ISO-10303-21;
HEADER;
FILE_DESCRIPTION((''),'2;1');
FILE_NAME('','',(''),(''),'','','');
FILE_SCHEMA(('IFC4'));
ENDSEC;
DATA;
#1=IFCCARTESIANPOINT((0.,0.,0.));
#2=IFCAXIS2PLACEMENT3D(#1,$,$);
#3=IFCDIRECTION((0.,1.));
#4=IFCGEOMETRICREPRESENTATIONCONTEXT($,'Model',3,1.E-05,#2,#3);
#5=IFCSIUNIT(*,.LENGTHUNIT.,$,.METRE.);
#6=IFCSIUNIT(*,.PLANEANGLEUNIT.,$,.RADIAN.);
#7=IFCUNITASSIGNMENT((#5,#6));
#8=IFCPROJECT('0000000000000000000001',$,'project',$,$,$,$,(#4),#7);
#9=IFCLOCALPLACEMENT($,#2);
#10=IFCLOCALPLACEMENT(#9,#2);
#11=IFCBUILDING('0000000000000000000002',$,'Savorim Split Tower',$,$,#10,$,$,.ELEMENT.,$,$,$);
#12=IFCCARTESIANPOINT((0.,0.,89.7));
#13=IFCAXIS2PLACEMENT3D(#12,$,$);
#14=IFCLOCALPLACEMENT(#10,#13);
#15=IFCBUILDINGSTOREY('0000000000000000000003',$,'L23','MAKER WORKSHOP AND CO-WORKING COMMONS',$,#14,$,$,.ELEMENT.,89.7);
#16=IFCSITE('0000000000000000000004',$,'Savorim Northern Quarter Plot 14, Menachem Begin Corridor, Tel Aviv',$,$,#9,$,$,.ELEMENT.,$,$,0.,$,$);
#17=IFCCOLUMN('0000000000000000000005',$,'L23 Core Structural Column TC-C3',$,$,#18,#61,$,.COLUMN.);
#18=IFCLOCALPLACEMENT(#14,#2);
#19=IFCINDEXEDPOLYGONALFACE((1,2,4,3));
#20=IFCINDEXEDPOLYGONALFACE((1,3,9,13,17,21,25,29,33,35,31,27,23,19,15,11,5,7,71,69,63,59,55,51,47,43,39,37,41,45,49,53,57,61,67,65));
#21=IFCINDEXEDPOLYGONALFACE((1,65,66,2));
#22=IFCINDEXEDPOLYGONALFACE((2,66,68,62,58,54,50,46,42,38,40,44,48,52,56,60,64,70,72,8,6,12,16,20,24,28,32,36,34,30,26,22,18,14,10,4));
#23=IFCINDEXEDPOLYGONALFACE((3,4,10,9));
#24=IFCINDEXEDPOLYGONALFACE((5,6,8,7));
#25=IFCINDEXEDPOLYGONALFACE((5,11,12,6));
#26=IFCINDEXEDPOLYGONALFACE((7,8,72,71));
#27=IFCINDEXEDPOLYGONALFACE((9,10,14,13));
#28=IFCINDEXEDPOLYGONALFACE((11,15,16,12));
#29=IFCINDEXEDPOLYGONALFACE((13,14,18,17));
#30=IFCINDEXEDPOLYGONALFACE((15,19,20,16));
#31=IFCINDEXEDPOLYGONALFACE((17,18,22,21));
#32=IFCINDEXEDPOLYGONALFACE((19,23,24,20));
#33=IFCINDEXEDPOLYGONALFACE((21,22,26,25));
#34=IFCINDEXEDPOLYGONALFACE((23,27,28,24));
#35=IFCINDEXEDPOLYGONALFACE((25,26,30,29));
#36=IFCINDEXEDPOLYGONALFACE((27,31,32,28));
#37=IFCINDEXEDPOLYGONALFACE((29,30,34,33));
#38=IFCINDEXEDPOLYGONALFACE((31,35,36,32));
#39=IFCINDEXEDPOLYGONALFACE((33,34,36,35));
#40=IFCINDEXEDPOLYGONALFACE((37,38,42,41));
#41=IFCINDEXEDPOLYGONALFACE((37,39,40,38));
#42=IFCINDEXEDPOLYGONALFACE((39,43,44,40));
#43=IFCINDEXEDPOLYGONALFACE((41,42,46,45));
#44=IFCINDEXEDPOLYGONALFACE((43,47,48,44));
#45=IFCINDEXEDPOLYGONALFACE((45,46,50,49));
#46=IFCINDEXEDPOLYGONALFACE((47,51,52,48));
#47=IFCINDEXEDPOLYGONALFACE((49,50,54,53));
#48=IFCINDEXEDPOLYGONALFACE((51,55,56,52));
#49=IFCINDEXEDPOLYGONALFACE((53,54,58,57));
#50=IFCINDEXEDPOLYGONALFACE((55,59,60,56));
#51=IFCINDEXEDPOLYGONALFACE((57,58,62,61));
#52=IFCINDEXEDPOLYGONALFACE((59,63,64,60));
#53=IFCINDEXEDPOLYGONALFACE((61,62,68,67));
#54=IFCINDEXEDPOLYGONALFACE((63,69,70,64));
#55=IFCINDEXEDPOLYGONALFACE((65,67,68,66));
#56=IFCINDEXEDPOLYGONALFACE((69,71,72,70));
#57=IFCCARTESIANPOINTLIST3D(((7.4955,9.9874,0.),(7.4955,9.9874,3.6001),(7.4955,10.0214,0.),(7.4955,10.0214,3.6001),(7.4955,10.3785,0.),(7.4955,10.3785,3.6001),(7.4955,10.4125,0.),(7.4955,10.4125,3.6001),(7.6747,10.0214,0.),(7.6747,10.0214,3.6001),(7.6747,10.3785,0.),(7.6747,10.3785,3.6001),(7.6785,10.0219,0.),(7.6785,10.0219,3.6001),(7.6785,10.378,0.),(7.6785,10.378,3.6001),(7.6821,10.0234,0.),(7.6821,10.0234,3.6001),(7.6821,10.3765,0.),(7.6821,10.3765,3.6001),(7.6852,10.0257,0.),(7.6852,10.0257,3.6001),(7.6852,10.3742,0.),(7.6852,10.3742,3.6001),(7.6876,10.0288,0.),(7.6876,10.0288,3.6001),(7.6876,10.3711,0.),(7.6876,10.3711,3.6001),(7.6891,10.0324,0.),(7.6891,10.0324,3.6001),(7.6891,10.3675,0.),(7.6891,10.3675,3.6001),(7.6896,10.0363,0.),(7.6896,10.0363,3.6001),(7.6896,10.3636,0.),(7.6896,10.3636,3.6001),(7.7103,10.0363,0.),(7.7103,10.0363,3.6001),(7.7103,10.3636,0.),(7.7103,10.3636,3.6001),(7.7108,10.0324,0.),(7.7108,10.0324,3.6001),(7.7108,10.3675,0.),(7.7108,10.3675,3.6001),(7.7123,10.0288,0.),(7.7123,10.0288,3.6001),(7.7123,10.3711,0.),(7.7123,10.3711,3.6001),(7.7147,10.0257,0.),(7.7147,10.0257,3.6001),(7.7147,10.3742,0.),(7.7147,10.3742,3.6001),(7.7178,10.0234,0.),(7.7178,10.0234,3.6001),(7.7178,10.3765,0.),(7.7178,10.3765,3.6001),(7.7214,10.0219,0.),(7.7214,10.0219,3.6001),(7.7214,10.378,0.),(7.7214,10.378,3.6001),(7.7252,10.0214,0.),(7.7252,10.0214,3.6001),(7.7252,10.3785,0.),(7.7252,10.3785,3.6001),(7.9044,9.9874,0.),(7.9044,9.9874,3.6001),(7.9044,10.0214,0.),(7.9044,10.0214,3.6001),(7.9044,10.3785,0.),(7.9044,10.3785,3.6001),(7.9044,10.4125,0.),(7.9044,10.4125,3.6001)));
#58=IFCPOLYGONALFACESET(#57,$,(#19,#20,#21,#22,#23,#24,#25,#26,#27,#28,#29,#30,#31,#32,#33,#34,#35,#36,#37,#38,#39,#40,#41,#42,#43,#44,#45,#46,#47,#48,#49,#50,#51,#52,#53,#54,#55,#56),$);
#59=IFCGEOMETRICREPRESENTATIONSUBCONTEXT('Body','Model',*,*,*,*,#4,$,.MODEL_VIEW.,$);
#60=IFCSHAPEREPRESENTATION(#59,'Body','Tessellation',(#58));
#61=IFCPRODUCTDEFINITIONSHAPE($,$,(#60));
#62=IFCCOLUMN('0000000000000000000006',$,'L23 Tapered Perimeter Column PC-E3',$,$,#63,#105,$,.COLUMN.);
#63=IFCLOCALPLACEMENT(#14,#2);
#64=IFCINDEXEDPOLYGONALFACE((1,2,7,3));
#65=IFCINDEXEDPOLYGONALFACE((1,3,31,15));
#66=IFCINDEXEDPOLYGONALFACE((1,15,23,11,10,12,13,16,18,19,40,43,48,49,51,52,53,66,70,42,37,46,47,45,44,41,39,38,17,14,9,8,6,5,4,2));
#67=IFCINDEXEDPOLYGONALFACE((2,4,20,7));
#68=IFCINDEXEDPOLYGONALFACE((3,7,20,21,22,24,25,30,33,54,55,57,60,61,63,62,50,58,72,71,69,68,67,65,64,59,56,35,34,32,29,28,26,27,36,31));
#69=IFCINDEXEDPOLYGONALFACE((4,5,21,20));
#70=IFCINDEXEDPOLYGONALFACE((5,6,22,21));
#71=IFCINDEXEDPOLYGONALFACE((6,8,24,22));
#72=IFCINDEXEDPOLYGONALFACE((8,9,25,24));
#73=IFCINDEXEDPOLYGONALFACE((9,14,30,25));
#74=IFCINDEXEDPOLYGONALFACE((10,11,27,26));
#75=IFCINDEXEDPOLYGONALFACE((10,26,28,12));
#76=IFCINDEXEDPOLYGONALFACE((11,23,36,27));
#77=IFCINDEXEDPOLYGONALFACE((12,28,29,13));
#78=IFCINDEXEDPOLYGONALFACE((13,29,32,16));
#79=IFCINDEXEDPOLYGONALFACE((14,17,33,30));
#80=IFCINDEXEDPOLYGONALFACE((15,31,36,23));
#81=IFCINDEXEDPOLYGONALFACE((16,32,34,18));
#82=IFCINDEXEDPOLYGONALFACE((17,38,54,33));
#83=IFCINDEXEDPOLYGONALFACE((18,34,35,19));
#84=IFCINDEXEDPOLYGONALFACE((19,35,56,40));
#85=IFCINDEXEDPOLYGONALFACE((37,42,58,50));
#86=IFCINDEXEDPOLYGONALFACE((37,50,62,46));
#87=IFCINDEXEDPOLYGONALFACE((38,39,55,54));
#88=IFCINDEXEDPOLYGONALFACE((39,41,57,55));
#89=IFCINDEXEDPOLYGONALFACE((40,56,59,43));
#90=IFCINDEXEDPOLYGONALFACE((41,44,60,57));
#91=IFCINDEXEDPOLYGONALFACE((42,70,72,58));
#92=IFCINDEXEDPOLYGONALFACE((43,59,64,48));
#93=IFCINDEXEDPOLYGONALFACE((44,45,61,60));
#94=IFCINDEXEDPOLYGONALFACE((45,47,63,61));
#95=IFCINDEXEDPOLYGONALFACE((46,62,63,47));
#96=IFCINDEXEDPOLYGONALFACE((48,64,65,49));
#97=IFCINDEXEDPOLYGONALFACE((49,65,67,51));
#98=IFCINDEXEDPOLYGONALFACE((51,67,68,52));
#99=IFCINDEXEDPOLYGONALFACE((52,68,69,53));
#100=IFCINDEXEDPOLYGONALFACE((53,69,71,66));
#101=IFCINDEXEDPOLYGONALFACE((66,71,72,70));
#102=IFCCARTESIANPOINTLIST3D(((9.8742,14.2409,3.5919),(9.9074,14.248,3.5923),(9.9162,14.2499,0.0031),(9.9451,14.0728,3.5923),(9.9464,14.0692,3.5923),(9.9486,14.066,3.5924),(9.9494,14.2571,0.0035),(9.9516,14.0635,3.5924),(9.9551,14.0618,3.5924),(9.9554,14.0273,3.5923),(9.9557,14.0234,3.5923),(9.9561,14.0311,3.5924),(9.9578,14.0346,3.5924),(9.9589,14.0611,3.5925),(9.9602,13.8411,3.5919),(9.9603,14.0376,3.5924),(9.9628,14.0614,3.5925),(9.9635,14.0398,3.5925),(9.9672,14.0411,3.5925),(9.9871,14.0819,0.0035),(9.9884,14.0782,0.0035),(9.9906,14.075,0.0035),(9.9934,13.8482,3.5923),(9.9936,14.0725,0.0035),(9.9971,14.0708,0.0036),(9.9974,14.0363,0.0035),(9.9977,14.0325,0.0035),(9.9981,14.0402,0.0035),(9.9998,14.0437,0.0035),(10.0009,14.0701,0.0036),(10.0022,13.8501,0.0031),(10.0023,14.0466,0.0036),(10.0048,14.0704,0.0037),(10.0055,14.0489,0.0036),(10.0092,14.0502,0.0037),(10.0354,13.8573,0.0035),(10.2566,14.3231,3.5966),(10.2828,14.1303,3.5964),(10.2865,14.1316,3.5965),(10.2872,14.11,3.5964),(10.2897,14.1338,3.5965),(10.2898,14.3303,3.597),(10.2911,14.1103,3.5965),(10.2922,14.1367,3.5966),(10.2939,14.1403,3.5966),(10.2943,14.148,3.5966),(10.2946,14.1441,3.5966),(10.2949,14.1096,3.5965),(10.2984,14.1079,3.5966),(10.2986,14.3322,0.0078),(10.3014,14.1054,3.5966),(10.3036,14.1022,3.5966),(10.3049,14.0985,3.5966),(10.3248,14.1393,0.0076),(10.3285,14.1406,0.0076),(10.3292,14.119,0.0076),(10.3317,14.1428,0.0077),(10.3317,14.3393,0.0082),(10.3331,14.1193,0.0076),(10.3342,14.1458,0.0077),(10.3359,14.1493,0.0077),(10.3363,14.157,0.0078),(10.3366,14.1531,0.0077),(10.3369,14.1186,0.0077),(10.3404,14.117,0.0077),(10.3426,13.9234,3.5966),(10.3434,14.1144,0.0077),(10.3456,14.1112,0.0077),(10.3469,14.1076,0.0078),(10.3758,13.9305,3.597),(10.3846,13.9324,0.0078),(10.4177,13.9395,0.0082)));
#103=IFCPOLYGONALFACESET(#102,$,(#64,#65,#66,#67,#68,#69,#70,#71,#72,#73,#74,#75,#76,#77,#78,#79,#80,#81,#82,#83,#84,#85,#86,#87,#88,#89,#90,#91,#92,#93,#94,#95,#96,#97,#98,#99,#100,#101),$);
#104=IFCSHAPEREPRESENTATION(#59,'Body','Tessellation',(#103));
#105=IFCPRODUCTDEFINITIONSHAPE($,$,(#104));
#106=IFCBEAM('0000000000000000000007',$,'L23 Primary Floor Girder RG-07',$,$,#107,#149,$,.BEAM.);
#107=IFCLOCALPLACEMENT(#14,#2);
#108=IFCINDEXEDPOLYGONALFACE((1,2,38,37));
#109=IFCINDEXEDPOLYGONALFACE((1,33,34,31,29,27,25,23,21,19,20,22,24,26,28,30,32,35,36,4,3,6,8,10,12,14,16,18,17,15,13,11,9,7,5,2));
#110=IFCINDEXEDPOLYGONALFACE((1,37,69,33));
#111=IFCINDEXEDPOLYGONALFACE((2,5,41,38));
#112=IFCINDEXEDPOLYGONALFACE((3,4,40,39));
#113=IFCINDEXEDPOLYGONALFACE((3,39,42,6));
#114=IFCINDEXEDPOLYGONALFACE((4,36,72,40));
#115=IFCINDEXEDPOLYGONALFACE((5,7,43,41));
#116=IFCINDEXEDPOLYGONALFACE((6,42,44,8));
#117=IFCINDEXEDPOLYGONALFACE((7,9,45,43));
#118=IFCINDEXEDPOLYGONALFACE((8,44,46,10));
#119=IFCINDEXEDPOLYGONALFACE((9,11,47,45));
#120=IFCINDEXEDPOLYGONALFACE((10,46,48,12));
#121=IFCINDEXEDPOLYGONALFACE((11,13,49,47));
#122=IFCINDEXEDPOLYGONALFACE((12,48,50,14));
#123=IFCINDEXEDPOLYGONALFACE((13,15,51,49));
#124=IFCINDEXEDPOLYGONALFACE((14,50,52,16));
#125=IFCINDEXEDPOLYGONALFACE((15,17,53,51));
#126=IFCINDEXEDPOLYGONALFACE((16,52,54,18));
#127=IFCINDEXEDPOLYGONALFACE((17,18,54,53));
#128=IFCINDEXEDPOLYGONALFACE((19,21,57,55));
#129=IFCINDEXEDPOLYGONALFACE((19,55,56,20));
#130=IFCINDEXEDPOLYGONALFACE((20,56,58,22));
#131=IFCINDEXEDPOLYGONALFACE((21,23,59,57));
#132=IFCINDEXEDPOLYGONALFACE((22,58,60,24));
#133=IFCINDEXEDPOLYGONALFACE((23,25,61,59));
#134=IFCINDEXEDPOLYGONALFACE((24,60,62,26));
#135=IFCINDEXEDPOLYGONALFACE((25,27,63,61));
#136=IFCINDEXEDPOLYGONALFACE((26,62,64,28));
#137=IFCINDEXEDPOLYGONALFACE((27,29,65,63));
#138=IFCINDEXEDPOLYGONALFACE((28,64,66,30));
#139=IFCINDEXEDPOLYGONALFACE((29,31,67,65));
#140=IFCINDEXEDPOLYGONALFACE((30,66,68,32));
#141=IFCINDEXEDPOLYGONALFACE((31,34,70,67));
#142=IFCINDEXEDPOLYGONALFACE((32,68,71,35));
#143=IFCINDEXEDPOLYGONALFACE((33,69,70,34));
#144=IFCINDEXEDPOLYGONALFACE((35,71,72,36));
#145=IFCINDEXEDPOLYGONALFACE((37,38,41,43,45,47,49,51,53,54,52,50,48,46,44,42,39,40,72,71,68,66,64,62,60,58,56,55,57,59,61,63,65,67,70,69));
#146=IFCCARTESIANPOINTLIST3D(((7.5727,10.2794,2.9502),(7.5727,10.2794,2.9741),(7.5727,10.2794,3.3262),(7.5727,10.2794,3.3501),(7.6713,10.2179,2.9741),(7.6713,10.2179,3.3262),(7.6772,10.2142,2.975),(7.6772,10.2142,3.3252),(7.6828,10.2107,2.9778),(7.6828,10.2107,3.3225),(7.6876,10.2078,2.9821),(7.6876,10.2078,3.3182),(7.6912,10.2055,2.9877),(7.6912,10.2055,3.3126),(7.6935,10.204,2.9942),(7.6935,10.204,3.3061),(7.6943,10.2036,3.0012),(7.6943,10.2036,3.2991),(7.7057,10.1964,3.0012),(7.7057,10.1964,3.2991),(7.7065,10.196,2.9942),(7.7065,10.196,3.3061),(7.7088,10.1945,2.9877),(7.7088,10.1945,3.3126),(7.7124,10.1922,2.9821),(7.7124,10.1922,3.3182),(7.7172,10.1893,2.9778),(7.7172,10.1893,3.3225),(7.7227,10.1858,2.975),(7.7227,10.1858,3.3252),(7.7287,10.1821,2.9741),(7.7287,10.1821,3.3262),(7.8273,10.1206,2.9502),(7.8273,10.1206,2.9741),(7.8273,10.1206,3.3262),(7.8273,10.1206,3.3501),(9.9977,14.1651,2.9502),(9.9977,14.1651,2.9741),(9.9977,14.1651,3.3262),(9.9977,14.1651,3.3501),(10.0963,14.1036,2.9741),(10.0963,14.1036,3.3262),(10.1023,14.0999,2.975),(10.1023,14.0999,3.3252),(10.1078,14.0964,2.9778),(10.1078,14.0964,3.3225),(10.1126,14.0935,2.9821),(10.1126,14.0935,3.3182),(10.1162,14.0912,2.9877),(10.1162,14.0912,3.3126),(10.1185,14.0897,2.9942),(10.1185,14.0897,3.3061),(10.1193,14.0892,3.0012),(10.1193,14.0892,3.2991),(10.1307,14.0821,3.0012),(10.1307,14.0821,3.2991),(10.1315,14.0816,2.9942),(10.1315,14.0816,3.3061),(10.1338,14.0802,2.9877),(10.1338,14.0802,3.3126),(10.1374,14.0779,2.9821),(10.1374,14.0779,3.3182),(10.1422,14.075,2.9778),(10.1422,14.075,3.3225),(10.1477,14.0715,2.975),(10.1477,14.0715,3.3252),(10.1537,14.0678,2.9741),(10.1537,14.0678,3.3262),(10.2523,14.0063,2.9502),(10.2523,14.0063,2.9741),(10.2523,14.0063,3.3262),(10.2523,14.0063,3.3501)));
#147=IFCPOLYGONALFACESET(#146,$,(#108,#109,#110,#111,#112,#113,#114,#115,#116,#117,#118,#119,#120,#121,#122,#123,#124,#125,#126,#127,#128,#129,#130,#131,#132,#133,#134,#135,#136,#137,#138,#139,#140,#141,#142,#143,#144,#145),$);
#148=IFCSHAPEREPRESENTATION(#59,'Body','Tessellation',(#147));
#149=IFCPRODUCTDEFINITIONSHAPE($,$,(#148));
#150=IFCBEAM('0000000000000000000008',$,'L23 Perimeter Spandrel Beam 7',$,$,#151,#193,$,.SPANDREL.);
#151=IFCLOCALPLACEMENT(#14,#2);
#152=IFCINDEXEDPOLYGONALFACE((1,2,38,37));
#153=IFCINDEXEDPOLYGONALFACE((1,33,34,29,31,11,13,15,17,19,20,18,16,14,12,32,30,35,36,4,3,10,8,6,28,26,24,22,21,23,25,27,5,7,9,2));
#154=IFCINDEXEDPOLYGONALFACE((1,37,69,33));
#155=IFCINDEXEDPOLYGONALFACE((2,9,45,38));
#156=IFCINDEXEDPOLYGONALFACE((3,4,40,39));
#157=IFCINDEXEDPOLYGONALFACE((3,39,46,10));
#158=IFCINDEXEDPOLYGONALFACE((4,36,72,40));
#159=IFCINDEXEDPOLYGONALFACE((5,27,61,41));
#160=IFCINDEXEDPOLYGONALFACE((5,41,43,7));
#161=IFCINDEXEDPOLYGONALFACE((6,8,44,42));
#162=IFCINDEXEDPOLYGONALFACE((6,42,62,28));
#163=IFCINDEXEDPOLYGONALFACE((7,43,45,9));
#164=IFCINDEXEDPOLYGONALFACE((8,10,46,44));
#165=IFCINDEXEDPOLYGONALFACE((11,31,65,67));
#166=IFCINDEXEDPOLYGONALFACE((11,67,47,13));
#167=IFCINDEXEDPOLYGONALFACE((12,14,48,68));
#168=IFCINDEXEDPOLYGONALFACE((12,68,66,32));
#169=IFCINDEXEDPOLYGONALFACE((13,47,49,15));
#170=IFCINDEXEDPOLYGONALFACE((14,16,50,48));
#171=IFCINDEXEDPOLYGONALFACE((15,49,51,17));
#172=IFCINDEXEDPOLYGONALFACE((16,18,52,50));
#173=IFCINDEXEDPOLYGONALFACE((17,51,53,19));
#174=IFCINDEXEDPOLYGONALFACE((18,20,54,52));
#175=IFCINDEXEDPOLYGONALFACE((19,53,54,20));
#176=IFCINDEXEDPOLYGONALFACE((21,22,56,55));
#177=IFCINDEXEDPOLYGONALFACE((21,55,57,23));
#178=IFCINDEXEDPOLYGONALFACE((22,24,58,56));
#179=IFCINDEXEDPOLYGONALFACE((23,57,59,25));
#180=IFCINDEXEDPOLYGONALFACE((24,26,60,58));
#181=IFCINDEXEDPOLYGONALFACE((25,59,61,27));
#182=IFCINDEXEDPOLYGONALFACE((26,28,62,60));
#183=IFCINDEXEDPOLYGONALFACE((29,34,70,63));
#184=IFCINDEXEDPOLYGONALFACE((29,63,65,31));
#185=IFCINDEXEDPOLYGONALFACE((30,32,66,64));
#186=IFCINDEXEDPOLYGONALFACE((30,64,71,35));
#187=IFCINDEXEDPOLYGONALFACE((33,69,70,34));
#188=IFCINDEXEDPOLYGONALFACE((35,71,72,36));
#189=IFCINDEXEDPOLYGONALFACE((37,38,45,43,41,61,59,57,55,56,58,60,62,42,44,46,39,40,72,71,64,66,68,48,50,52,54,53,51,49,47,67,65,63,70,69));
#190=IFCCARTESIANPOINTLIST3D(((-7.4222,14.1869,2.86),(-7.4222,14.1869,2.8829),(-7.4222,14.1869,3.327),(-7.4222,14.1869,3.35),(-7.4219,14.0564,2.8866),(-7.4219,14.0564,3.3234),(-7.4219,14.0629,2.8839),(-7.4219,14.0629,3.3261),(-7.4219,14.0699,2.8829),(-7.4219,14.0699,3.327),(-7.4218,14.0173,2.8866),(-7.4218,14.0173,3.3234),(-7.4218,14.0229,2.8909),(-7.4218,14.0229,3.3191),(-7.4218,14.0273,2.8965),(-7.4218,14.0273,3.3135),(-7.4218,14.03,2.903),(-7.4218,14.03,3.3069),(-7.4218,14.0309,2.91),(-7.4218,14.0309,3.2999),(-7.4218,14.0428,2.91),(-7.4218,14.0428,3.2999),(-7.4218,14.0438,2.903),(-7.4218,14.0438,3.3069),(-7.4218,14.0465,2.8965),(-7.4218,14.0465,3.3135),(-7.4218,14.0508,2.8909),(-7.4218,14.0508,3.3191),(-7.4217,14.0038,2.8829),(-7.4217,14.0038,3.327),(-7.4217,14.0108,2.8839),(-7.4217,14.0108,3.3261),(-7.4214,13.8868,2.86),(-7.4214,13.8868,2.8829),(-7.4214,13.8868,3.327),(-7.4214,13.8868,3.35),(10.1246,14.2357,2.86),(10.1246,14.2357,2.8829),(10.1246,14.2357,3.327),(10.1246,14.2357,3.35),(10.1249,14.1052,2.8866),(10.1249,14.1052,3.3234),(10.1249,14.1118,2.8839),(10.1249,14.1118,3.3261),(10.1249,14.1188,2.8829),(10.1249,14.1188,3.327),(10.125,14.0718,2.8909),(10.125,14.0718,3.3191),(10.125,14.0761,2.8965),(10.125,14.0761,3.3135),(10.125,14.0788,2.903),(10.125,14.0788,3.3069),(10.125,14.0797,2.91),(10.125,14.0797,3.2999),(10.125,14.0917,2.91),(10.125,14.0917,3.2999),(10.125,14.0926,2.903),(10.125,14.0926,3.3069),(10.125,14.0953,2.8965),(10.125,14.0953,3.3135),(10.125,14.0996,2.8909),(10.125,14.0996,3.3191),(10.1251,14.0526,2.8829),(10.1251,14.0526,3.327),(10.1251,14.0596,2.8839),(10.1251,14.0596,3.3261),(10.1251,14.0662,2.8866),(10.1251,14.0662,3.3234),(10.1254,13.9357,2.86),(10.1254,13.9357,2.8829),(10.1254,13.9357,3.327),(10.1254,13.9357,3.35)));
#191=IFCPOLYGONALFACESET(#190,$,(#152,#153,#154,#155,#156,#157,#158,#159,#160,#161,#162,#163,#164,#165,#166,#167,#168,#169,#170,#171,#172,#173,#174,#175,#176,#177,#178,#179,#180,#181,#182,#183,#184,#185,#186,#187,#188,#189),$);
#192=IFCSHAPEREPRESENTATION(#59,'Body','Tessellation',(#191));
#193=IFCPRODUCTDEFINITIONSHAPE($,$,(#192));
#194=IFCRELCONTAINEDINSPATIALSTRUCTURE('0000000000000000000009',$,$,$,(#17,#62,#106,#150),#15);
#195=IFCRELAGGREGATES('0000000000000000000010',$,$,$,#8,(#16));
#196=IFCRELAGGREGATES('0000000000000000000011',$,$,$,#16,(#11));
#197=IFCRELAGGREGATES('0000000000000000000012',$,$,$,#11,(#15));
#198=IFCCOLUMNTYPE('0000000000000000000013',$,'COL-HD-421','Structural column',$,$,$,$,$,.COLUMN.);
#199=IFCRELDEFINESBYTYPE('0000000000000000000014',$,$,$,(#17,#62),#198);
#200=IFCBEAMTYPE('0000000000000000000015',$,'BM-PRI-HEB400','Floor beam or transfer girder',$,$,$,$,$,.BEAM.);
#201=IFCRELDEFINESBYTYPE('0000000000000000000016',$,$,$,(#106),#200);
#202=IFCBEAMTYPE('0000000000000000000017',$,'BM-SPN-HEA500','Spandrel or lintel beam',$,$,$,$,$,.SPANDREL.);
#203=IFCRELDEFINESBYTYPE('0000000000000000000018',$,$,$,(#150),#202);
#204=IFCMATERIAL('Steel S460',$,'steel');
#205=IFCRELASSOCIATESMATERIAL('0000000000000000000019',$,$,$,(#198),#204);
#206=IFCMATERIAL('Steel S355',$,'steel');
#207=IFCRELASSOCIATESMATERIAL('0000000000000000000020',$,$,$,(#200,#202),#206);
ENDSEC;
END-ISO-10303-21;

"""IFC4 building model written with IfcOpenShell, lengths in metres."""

from ifc_helpers import new_model, si_unit, direction, frame, origin, origin_2d, place, context, subcontext, project, spatial, i_section, extrude, material, material_profile, profile_set, type_object, element, save


model = new_model("IFC4")

# Units and contexts
model_context = context("Model", 3, precision=1e-05, world=origin(), true_north=direction((0.0, 1.0)))
body_context = subcontext(model_context, "Body", "Model", "MODEL_VIEW")
ifc_project = project(units=[si_unit("LENGTHUNIT", "METRE"), si_unit("PLANEANGLEUNIT", "RADIAN")], contexts=[model_context])

# Site, building, storey
site_placement = place(None, origin())
site = spatial("IfcSite", under=ifc_project, at=site_placement, Name="Savorim Northern Quarter Plot 14, Menachem Begin Corridor, Tel Aviv", CompositionType="ELEMENT", RefElevation=0.0)
building_placement = place(site_placement, origin())
building = spatial("IfcBuilding", under=site, at=building_placement, Name="Savorim Split Tower", CompositionType="ELEMENT")
storey_placement = place(building_placement, frame((0.0, 0.0, 89.7)))
storey = spatial("IfcBuildingStorey", under=building, at=storey_placement, Name="L23", Description="MAKER WORKSHOP AND CO-WORKING COMMONS", CompositionType="ELEMENT", Elevation=89.7)

# Columns
ifc_material_1 = material(Name="Steel S460", Category="steel")
ifc_material_profile_1 = material_profile(ifc_material_1, i_section(OverallWidth=0.4089, OverallDepth=0.425, WebThickness=0.0208, FlangeThickness=0.0339, FilletRadius=0.0149, at=origin_2d()), Name="HD 400x421")
ifc_profile_set_1 = profile_set([ifc_material_profile_1], Name="Steel S460")
column_type = type_object("IfcColumnType", Name="COL-HD-421", Description="Structural column", PredefinedType="COLUMN", material=ifc_profile_set_1)
column_1_placement = place(storey_placement, frame((7.7, 10.2, 0.0), z_axis=(0.0, 0.0, 1.0), x_axis=(1.0, 0.0, 0.0)))
element("IfcColumn", 1, at=column_1_placement, inside=storey, type_object=column_type, Name="L23 Core Structural Column TC-C3", PredefinedType="COLUMN", context=body_context, shape_type="SweptSolid", body=[
    extrude(i_section(OverallWidth=0.4089, OverallDepth=0.425, WebThickness=0.0208, FlangeThickness=0.0339, FilletRadius=0.0149, at=origin_2d()), origin(), (0.0, 0.0, 1.0), 3.6001),
])
column_2_placement = place(storey_placement, frame((10.167, 14.0947, 0.0056), z_axis=(-0.0117, -0.002517, 0.999928), x_axis=(0.210305, -0.977636, 0.0)))
element("IfcColumn", 2, at=column_2_placement, inside=storey, type_object=column_type, Name="L23 Tapered Perimeter Column PC-E3", PredefinedType="COLUMN", context=body_context, shape_type="SweptSolid", body=[
    extrude(i_section(OverallWidth=0.4089, OverallDepth=0.425, WebThickness=0.0208, FlangeThickness=0.0339, FilletRadius=0.0149, at=origin_2d()), origin(), (0.0, 0.0, 1.0), 3.5891),
])

# Beams
ifc_material_2 = material(Name="Steel S355", Category="steel")
ifc_material_profile_2 = material_profile(ifc_material_2, i_section(OverallWidth=0.3, OverallDepth=0.3999, WebThickness=0.0134, FlangeThickness=0.0239, FilletRadius=0.0271, at=origin_2d()), Name="HEB 400")
ifc_profile_set_2 = profile_set([ifc_material_profile_2], Name="Steel S355")
beam_type_1 = type_object("IfcBeamType", Name="BM-PRI-HEB400", Description="Floor beam or transfer girder", PredefinedType="BEAM", material=ifc_profile_set_2)
beam_1_placement = place(storey_placement, frame((10.125, 14.0857, 3.1501), z_axis=(-0.529443, -0.848345, 0.0), x_axis=(0.848345, -0.529443, 0.0)))
element("IfcBeam", 3, at=beam_1_placement, inside=storey, type_object=beam_type_1, Name="L23 Primary Floor Girder RG-07", PredefinedType="BEAM", context=body_context, shape_type="SweptSolid", body=[
    extrude(i_section(OverallWidth=0.3, OverallDepth=0.3999, WebThickness=0.0134, FlangeThickness=0.0239, FilletRadius=0.0271, at=origin_2d()), origin(), (0.0, 0.0, 1.0), 4.5803),
])
ifc_material_profile_3 = material_profile(ifc_material_2, i_section(OverallWidth=0.3, OverallDepth=0.49, WebThickness=0.012, FlangeThickness=0.0229, FilletRadius=0.0271, at=origin_2d()), Name="HEA 500")
ifc_profile_set_3 = profile_set([ifc_material_profile_3], Name="Steel S355")
beam_type_2 = type_object("IfcBeamType", Name="BM-SPN-HEA500", Description="Spandrel or lintel beam", PredefinedType="SPANDREL", material=ifc_profile_set_3)
beam_2_placement = place(storey_placement, frame((10.125, 14.0857, 3.105), z_axis=(-0.999996, -0.002783, 0.0), x_axis=(0.002783, -0.999996, 0.0)))
element("IfcBeam", 4, at=beam_2_placement, inside=storey, type_object=beam_type_2, Name="L23 Perimeter Spandrel Beam 7", PredefinedType="SPANDREL", context=body_context, shape_type="SweptSolid", body=[
    extrude(i_section(OverallWidth=0.3, OverallDepth=0.49, WebThickness=0.012, FlangeThickness=0.0229, FilletRadius=0.0271, at=origin_2d()), origin(), (0.0, 0.0, 1.0), 17.5469),
])

save(model, "model.ifc")
